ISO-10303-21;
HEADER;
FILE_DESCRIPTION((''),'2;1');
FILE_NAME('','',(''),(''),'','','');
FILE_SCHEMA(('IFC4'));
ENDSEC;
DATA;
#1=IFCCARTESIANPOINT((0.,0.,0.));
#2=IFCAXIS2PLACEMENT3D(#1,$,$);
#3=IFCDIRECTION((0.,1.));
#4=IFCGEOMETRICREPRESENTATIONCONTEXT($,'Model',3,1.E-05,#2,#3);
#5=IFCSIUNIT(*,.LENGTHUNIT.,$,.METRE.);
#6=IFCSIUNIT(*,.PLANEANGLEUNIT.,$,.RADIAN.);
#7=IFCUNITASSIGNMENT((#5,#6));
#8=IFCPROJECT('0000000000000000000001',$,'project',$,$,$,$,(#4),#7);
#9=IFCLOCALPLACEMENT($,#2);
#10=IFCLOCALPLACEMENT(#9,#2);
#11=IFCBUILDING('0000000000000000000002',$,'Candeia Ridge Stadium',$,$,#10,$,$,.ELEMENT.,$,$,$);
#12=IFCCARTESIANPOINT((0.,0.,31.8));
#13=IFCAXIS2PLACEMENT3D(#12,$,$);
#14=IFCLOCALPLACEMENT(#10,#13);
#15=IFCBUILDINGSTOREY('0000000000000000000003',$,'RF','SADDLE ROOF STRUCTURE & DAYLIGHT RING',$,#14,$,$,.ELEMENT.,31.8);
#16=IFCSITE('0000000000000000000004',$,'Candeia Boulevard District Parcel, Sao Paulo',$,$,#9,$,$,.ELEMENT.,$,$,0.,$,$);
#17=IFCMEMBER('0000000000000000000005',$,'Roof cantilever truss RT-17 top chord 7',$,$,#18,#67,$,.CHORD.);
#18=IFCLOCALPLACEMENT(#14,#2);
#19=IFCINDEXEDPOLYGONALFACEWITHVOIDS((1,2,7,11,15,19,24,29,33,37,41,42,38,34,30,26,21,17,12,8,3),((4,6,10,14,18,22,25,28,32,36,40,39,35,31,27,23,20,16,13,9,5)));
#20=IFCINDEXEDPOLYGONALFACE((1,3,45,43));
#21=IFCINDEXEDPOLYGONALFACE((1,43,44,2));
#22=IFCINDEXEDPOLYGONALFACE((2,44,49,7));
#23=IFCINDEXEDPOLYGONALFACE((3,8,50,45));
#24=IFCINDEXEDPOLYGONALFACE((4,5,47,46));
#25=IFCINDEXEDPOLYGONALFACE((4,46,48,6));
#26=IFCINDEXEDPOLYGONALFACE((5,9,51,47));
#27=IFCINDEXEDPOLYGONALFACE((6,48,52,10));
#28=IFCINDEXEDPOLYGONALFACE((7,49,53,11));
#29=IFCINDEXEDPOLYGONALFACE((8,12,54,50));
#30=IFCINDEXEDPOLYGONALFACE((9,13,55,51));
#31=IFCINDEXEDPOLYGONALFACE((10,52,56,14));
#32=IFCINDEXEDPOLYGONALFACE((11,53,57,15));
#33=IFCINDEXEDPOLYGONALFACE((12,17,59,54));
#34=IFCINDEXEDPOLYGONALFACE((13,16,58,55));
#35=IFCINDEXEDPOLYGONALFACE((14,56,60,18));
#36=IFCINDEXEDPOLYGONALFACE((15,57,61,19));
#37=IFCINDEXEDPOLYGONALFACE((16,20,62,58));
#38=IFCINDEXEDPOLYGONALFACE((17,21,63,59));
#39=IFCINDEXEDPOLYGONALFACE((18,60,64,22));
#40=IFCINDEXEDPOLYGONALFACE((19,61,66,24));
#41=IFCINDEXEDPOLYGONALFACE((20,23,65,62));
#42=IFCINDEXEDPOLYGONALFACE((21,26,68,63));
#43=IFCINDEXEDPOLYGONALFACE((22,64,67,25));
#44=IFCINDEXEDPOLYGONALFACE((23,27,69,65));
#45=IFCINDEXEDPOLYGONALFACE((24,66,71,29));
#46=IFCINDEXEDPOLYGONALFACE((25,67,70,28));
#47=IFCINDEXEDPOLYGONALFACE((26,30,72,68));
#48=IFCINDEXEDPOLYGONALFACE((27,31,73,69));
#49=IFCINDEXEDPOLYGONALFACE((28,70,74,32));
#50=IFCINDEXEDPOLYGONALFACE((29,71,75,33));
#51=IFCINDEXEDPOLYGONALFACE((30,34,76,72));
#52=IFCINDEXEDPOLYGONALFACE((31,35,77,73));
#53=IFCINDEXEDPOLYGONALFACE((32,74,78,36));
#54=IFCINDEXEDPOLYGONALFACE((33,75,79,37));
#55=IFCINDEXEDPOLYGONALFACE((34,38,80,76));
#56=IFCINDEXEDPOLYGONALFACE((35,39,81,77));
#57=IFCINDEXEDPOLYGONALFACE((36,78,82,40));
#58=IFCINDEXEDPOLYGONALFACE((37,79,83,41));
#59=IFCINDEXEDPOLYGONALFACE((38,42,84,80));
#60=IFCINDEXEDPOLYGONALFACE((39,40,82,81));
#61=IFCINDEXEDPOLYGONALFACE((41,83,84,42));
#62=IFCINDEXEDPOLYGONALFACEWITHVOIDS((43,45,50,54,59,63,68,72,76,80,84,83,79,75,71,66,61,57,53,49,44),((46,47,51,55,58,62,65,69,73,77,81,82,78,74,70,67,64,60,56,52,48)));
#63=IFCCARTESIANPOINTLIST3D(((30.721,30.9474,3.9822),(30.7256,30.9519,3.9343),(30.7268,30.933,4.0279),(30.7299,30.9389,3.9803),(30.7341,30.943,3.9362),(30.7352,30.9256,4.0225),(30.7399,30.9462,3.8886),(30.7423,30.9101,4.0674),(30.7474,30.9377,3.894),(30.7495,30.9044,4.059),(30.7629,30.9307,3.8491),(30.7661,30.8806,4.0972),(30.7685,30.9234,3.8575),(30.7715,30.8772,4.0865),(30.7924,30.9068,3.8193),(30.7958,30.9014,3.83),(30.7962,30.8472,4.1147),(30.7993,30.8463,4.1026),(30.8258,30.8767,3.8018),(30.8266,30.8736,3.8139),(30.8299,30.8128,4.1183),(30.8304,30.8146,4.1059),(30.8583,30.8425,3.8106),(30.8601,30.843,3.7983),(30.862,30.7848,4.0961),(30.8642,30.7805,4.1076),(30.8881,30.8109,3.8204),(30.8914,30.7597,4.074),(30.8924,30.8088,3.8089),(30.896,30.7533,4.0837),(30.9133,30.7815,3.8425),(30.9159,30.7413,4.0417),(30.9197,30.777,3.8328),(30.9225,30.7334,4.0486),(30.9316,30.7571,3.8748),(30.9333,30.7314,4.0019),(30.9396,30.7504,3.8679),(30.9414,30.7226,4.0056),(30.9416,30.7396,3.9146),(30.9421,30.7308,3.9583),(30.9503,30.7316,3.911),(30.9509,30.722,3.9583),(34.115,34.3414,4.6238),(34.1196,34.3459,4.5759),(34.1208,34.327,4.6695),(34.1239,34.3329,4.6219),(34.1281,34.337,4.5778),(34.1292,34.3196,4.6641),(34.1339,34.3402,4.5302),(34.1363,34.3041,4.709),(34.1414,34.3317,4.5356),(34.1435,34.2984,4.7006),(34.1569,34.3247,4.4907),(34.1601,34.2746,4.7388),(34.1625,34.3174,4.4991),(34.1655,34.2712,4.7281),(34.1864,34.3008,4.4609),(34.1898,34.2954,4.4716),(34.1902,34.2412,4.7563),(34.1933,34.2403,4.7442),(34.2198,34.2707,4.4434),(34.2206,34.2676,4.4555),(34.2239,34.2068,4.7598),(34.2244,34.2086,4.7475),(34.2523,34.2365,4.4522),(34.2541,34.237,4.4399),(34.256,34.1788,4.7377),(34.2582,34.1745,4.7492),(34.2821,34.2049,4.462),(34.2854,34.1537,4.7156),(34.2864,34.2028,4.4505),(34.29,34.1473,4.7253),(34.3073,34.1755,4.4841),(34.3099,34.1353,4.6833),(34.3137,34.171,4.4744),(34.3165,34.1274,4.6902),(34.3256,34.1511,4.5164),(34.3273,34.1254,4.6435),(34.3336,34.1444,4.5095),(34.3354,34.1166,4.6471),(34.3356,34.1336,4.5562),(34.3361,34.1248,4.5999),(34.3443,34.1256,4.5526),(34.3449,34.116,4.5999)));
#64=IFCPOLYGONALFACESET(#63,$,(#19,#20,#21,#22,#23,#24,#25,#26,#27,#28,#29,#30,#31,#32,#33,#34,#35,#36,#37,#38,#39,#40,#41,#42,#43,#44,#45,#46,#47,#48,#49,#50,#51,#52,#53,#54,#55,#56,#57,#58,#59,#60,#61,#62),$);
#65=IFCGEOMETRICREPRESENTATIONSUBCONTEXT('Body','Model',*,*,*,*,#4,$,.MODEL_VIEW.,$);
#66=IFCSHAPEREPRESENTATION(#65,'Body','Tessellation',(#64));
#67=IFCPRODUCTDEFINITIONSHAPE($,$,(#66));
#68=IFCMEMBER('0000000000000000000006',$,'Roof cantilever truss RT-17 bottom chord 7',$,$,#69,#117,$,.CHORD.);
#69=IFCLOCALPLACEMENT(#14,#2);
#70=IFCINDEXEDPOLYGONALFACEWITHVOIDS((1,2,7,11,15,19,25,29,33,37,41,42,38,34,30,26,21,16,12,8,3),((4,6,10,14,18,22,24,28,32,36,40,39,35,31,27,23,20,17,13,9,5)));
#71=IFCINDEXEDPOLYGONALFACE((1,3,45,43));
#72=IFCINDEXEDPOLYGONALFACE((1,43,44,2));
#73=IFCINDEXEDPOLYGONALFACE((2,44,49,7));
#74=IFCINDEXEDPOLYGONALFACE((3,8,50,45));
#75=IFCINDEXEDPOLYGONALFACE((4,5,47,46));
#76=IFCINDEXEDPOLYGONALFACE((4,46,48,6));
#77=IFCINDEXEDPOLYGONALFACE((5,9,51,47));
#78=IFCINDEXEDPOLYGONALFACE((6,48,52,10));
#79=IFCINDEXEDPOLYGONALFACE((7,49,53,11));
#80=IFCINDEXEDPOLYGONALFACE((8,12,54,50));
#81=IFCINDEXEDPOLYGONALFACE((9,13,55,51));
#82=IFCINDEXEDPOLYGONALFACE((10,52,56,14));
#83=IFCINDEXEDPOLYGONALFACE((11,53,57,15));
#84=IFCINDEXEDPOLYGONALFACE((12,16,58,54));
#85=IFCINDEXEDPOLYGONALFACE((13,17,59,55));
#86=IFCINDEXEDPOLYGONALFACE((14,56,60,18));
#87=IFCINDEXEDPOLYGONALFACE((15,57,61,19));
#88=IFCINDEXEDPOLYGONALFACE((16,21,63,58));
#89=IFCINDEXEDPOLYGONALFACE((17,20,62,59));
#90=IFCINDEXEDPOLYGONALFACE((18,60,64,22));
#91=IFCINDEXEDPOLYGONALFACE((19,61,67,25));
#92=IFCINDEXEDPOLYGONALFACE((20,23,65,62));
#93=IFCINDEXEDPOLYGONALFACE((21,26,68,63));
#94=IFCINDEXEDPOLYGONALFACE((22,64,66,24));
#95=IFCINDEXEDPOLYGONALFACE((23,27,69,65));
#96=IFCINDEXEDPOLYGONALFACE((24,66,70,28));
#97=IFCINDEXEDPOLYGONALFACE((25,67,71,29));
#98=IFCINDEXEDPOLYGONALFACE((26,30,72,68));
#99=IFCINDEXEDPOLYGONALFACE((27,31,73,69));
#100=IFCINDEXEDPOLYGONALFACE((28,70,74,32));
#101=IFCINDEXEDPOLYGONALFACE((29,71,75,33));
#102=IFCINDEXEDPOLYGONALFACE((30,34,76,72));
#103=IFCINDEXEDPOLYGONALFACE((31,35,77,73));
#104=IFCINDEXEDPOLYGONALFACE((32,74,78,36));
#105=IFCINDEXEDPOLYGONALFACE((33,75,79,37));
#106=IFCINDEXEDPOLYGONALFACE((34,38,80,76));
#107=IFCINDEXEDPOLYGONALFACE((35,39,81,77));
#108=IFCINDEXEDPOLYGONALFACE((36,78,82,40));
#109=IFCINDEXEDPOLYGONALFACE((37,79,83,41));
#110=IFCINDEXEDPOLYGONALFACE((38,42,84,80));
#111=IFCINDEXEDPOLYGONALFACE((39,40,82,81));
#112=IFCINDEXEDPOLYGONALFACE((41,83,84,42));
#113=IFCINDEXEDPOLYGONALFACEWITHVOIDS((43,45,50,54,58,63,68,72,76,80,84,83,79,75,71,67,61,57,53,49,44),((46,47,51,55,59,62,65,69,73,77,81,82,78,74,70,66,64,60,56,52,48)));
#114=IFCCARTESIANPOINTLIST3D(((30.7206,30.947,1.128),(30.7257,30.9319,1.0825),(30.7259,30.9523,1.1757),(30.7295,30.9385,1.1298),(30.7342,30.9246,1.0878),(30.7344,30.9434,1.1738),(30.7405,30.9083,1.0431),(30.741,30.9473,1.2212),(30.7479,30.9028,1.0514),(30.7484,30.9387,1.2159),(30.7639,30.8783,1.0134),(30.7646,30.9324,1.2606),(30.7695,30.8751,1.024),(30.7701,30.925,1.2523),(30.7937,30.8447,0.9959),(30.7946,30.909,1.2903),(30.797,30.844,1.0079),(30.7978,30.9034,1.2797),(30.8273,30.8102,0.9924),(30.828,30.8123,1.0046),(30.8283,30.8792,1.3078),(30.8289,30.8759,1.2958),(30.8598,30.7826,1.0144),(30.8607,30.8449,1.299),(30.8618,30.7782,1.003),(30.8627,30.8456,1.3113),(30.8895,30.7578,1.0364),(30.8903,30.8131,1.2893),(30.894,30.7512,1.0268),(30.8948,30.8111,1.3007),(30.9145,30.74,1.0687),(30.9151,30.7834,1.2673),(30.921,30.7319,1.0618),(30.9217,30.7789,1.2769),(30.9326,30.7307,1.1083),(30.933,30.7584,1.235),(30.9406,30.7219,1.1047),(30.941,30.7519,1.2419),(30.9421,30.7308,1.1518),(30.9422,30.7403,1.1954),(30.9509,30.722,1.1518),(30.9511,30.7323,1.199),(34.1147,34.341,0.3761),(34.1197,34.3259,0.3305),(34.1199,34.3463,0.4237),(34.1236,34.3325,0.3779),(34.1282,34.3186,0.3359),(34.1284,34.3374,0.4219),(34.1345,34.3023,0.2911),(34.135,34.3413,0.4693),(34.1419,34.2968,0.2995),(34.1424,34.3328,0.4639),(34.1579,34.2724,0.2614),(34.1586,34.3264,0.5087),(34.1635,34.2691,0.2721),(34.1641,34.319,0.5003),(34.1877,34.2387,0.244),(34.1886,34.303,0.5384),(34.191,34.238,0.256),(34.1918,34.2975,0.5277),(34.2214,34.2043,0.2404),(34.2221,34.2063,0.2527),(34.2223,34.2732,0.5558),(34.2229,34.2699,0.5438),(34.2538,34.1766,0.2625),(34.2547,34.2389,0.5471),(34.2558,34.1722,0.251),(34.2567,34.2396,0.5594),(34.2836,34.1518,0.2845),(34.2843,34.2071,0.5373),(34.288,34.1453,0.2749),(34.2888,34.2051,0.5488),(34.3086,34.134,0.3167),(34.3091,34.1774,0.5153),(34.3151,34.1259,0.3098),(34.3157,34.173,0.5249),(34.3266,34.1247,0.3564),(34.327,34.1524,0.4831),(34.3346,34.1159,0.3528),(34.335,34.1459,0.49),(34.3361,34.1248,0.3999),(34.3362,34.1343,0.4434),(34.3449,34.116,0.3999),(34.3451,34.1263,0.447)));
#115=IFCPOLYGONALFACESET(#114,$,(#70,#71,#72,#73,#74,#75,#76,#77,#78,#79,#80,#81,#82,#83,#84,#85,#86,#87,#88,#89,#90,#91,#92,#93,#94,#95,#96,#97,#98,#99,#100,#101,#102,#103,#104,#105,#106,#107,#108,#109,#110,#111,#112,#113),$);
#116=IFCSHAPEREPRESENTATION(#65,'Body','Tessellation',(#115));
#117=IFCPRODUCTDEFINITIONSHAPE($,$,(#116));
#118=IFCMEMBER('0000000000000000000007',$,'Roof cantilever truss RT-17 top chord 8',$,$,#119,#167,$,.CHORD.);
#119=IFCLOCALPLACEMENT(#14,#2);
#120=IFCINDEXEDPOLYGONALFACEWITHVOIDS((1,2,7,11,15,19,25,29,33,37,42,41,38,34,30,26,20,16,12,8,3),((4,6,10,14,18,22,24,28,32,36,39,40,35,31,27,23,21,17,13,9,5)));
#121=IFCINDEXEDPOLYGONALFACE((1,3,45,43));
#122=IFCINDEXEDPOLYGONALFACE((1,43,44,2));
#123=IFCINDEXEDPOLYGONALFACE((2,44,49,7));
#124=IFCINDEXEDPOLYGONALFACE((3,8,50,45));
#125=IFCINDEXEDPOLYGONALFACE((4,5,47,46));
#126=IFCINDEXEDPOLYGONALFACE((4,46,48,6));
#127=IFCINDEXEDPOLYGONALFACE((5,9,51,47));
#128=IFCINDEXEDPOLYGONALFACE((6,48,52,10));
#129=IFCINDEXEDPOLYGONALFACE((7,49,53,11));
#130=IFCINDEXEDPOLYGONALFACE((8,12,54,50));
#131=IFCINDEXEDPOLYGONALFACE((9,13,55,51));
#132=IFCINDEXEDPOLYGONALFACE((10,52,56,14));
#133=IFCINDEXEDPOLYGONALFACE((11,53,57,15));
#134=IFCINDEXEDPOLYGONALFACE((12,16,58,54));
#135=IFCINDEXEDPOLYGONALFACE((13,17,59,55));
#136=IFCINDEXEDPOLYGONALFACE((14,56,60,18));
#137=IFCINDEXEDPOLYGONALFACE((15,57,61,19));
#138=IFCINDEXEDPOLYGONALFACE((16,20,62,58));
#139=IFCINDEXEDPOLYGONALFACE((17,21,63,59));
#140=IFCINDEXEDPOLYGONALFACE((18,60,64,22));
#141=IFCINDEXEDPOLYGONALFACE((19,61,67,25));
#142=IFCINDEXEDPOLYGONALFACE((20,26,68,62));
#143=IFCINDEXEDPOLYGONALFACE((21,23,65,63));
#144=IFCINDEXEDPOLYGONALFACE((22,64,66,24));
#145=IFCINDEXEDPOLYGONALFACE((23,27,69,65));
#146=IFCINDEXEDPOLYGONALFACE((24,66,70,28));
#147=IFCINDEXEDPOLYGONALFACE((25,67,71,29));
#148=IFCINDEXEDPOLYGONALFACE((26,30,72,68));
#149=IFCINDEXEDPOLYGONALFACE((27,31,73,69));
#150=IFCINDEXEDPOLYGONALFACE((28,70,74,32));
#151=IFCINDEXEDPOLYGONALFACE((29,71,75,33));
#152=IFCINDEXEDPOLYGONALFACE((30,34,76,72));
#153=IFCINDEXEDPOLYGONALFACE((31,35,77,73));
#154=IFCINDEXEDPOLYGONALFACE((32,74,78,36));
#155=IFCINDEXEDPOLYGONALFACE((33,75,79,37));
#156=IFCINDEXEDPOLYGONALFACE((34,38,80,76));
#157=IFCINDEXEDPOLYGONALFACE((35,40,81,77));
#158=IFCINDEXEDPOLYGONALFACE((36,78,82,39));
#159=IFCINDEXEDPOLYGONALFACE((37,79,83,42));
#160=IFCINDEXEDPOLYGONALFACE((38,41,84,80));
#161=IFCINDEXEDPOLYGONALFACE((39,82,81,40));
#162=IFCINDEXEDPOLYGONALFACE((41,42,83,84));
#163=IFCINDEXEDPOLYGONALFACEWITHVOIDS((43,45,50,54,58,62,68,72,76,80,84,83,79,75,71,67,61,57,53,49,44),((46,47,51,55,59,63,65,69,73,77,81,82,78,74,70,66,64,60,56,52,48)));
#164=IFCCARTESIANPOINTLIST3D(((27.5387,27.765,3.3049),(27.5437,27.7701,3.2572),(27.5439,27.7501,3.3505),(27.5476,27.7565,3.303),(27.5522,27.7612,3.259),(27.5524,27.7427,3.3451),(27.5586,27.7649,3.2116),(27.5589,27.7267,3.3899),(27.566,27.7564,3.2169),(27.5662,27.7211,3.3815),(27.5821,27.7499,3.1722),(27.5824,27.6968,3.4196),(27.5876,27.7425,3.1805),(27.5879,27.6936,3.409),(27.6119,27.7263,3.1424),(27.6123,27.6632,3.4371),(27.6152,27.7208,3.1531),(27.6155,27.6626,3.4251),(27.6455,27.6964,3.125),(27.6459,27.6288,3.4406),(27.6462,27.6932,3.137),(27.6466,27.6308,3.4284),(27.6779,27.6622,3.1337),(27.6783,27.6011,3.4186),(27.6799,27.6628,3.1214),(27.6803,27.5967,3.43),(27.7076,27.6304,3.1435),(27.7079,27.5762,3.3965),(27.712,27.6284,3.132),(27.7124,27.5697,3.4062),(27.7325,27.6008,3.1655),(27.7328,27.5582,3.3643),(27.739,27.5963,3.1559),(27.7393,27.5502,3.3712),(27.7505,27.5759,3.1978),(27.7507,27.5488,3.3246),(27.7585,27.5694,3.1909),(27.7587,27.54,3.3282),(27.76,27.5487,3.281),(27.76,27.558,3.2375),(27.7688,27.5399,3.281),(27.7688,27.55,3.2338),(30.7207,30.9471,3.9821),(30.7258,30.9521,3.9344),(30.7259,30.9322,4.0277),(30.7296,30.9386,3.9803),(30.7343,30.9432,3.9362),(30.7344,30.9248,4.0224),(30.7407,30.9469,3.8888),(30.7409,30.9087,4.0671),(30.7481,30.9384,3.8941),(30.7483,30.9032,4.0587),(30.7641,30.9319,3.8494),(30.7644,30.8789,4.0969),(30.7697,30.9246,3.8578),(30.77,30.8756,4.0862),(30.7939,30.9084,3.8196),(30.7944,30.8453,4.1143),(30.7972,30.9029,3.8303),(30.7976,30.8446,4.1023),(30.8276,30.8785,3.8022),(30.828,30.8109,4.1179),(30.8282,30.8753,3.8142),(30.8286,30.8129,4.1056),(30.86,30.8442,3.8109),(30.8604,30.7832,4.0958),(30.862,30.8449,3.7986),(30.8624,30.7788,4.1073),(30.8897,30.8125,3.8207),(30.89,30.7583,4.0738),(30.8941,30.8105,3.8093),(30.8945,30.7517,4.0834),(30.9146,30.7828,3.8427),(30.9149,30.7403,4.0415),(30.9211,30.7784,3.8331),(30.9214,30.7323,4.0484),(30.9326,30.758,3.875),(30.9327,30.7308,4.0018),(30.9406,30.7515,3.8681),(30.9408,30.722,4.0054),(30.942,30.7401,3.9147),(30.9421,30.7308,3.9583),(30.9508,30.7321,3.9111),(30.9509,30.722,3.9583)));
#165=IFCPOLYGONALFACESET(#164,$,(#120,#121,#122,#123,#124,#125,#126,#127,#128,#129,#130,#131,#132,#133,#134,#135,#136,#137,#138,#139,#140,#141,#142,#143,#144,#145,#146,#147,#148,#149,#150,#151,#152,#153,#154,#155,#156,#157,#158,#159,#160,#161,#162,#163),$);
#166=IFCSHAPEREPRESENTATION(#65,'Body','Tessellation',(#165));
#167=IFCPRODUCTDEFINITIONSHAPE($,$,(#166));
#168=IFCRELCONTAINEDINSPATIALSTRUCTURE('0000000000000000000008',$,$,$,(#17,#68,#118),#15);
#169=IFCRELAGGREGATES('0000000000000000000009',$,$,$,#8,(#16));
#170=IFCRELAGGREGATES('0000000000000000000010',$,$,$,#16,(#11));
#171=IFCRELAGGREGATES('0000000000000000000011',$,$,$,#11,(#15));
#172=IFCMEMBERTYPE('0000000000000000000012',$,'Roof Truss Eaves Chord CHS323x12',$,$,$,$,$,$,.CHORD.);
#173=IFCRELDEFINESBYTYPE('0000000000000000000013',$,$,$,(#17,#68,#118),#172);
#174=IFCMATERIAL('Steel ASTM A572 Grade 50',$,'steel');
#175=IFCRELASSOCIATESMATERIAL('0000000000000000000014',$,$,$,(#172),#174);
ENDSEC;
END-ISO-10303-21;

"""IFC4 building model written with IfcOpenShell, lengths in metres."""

from ifc_helpers import new_model, si_unit, direction, frame, origin, origin_2d, place, context, subcontext, project, spatial, hollow_circle, extrude, material, material_profile, profile_set, type_object, element, save


model = new_model("IFC4")

# Units and contexts
model_context = context("Model", 3, precision=1e-05, world=origin(), true_north=direction((0.0, 1.0)))
body_context = subcontext(model_context, "Body", "Model", "MODEL_VIEW")
ifc_project = project(units=[si_unit("LENGTHUNIT", "METRE"), si_unit("PLANEANGLEUNIT", "RADIAN")], contexts=[model_context])

# Site, building, storey
site_placement = place(None, origin())
site = spatial("IfcSite", under=ifc_project, at=site_placement, Name="Candeia Boulevard District Parcel, Sao Paulo", CompositionType="ELEMENT", RefElevation=0.0)
building_placement = place(site_placement, origin())
building = spatial("IfcBuilding", under=site, at=building_placement, Name="Candeia Ridge Stadium", CompositionType="ELEMENT")
storey_placement = place(building_placement, frame((0.0, 0.0, 31.8)))
storey = spatial("IfcBuildingStorey", under=building, at=storey_placement, Name="RF", Description="SADDLE ROOF STRUCTURE & DAYLIGHT RING", CompositionType="ELEMENT", Elevation=31.8)

# Shared definitions
ifc_material_1 = material(Name="Steel ASTM A572 Grade 50", Category="steel")

# Members
ifc_material_profile_1 = material_profile(ifc_material_1, hollow_circle(Radius=0.1619, WallThickness=0.0125, at=origin_2d()), Name="CHS323x12", Category="steel")
ifc_profile_set_1 = profile_set([ifc_material_profile_1], Name="Steel ASTM A572 Grade 50")
member_type_1 = type_object("IfcMemberType", Name="Roof Truss Eaves Chord CHS323x12", PredefinedType="CHORD", material=ifc_profile_set_1)
member_1_placement = place(storey_placement, frame((34.2305, 34.2305, 4.5999), z_axis=(-0.700873, -0.700873, -0.132491), x_axis=(0.707107, -0.707107, 0.0)))
element("IfcMember", 1, at=member_1_placement, inside=storey, type_object=member_type_1, Name="Roof cantilever truss RT-17 top chord 7", PredefinedType="CHORD", context=body_context, shape_type="SweptSolid", body=[
    extrude(hollow_circle(Radius=0.1619, WallThickness=0.0125, at=origin_2d()), origin(), (0.0, 0.0, 1.0), 4.8425),
])
member_2_placement = place(storey_placement, frame((34.2305, 34.2305, 0.3999), z_axis=(-0.698586, -0.698586, 0.154772), x_axis=(0.707107, -0.707107, 0.0)))
element("IfcMember", 2, at=member_2_placement, inside=storey, type_object=member_type_1, Name="Roof cantilever truss RT-17 bottom chord 7", PredefinedType="CHORD", context=body_context, shape_type="SweptSolid", body=[
    extrude(hollow_circle(Radius=0.1619, WallThickness=0.0125, at=origin_2d()), origin(), (0.0, 0.0, 1.0), 4.8584),
])
member_3_placement = place(storey_placement, frame((30.8364, 30.8364, 3.9583), z_axis=(-0.699233, -0.699233, -0.148816), x_axis=(0.707107, -0.707107, 0.0)))
element("IfcMember", 3, at=member_3_placement, inside=storey, type_object=member_type_1, Name="Roof cantilever truss RT-17 top chord 8", PredefinedType="CHORD", context=body_context, shape_type="SweptSolid", body=[
    extrude(hollow_circle(Radius=0.1619, WallThickness=0.0125, at=origin_2d()), origin(), (0.0, 0.0, 1.0), 4.5508),
])

save(model, "model.ifc")
